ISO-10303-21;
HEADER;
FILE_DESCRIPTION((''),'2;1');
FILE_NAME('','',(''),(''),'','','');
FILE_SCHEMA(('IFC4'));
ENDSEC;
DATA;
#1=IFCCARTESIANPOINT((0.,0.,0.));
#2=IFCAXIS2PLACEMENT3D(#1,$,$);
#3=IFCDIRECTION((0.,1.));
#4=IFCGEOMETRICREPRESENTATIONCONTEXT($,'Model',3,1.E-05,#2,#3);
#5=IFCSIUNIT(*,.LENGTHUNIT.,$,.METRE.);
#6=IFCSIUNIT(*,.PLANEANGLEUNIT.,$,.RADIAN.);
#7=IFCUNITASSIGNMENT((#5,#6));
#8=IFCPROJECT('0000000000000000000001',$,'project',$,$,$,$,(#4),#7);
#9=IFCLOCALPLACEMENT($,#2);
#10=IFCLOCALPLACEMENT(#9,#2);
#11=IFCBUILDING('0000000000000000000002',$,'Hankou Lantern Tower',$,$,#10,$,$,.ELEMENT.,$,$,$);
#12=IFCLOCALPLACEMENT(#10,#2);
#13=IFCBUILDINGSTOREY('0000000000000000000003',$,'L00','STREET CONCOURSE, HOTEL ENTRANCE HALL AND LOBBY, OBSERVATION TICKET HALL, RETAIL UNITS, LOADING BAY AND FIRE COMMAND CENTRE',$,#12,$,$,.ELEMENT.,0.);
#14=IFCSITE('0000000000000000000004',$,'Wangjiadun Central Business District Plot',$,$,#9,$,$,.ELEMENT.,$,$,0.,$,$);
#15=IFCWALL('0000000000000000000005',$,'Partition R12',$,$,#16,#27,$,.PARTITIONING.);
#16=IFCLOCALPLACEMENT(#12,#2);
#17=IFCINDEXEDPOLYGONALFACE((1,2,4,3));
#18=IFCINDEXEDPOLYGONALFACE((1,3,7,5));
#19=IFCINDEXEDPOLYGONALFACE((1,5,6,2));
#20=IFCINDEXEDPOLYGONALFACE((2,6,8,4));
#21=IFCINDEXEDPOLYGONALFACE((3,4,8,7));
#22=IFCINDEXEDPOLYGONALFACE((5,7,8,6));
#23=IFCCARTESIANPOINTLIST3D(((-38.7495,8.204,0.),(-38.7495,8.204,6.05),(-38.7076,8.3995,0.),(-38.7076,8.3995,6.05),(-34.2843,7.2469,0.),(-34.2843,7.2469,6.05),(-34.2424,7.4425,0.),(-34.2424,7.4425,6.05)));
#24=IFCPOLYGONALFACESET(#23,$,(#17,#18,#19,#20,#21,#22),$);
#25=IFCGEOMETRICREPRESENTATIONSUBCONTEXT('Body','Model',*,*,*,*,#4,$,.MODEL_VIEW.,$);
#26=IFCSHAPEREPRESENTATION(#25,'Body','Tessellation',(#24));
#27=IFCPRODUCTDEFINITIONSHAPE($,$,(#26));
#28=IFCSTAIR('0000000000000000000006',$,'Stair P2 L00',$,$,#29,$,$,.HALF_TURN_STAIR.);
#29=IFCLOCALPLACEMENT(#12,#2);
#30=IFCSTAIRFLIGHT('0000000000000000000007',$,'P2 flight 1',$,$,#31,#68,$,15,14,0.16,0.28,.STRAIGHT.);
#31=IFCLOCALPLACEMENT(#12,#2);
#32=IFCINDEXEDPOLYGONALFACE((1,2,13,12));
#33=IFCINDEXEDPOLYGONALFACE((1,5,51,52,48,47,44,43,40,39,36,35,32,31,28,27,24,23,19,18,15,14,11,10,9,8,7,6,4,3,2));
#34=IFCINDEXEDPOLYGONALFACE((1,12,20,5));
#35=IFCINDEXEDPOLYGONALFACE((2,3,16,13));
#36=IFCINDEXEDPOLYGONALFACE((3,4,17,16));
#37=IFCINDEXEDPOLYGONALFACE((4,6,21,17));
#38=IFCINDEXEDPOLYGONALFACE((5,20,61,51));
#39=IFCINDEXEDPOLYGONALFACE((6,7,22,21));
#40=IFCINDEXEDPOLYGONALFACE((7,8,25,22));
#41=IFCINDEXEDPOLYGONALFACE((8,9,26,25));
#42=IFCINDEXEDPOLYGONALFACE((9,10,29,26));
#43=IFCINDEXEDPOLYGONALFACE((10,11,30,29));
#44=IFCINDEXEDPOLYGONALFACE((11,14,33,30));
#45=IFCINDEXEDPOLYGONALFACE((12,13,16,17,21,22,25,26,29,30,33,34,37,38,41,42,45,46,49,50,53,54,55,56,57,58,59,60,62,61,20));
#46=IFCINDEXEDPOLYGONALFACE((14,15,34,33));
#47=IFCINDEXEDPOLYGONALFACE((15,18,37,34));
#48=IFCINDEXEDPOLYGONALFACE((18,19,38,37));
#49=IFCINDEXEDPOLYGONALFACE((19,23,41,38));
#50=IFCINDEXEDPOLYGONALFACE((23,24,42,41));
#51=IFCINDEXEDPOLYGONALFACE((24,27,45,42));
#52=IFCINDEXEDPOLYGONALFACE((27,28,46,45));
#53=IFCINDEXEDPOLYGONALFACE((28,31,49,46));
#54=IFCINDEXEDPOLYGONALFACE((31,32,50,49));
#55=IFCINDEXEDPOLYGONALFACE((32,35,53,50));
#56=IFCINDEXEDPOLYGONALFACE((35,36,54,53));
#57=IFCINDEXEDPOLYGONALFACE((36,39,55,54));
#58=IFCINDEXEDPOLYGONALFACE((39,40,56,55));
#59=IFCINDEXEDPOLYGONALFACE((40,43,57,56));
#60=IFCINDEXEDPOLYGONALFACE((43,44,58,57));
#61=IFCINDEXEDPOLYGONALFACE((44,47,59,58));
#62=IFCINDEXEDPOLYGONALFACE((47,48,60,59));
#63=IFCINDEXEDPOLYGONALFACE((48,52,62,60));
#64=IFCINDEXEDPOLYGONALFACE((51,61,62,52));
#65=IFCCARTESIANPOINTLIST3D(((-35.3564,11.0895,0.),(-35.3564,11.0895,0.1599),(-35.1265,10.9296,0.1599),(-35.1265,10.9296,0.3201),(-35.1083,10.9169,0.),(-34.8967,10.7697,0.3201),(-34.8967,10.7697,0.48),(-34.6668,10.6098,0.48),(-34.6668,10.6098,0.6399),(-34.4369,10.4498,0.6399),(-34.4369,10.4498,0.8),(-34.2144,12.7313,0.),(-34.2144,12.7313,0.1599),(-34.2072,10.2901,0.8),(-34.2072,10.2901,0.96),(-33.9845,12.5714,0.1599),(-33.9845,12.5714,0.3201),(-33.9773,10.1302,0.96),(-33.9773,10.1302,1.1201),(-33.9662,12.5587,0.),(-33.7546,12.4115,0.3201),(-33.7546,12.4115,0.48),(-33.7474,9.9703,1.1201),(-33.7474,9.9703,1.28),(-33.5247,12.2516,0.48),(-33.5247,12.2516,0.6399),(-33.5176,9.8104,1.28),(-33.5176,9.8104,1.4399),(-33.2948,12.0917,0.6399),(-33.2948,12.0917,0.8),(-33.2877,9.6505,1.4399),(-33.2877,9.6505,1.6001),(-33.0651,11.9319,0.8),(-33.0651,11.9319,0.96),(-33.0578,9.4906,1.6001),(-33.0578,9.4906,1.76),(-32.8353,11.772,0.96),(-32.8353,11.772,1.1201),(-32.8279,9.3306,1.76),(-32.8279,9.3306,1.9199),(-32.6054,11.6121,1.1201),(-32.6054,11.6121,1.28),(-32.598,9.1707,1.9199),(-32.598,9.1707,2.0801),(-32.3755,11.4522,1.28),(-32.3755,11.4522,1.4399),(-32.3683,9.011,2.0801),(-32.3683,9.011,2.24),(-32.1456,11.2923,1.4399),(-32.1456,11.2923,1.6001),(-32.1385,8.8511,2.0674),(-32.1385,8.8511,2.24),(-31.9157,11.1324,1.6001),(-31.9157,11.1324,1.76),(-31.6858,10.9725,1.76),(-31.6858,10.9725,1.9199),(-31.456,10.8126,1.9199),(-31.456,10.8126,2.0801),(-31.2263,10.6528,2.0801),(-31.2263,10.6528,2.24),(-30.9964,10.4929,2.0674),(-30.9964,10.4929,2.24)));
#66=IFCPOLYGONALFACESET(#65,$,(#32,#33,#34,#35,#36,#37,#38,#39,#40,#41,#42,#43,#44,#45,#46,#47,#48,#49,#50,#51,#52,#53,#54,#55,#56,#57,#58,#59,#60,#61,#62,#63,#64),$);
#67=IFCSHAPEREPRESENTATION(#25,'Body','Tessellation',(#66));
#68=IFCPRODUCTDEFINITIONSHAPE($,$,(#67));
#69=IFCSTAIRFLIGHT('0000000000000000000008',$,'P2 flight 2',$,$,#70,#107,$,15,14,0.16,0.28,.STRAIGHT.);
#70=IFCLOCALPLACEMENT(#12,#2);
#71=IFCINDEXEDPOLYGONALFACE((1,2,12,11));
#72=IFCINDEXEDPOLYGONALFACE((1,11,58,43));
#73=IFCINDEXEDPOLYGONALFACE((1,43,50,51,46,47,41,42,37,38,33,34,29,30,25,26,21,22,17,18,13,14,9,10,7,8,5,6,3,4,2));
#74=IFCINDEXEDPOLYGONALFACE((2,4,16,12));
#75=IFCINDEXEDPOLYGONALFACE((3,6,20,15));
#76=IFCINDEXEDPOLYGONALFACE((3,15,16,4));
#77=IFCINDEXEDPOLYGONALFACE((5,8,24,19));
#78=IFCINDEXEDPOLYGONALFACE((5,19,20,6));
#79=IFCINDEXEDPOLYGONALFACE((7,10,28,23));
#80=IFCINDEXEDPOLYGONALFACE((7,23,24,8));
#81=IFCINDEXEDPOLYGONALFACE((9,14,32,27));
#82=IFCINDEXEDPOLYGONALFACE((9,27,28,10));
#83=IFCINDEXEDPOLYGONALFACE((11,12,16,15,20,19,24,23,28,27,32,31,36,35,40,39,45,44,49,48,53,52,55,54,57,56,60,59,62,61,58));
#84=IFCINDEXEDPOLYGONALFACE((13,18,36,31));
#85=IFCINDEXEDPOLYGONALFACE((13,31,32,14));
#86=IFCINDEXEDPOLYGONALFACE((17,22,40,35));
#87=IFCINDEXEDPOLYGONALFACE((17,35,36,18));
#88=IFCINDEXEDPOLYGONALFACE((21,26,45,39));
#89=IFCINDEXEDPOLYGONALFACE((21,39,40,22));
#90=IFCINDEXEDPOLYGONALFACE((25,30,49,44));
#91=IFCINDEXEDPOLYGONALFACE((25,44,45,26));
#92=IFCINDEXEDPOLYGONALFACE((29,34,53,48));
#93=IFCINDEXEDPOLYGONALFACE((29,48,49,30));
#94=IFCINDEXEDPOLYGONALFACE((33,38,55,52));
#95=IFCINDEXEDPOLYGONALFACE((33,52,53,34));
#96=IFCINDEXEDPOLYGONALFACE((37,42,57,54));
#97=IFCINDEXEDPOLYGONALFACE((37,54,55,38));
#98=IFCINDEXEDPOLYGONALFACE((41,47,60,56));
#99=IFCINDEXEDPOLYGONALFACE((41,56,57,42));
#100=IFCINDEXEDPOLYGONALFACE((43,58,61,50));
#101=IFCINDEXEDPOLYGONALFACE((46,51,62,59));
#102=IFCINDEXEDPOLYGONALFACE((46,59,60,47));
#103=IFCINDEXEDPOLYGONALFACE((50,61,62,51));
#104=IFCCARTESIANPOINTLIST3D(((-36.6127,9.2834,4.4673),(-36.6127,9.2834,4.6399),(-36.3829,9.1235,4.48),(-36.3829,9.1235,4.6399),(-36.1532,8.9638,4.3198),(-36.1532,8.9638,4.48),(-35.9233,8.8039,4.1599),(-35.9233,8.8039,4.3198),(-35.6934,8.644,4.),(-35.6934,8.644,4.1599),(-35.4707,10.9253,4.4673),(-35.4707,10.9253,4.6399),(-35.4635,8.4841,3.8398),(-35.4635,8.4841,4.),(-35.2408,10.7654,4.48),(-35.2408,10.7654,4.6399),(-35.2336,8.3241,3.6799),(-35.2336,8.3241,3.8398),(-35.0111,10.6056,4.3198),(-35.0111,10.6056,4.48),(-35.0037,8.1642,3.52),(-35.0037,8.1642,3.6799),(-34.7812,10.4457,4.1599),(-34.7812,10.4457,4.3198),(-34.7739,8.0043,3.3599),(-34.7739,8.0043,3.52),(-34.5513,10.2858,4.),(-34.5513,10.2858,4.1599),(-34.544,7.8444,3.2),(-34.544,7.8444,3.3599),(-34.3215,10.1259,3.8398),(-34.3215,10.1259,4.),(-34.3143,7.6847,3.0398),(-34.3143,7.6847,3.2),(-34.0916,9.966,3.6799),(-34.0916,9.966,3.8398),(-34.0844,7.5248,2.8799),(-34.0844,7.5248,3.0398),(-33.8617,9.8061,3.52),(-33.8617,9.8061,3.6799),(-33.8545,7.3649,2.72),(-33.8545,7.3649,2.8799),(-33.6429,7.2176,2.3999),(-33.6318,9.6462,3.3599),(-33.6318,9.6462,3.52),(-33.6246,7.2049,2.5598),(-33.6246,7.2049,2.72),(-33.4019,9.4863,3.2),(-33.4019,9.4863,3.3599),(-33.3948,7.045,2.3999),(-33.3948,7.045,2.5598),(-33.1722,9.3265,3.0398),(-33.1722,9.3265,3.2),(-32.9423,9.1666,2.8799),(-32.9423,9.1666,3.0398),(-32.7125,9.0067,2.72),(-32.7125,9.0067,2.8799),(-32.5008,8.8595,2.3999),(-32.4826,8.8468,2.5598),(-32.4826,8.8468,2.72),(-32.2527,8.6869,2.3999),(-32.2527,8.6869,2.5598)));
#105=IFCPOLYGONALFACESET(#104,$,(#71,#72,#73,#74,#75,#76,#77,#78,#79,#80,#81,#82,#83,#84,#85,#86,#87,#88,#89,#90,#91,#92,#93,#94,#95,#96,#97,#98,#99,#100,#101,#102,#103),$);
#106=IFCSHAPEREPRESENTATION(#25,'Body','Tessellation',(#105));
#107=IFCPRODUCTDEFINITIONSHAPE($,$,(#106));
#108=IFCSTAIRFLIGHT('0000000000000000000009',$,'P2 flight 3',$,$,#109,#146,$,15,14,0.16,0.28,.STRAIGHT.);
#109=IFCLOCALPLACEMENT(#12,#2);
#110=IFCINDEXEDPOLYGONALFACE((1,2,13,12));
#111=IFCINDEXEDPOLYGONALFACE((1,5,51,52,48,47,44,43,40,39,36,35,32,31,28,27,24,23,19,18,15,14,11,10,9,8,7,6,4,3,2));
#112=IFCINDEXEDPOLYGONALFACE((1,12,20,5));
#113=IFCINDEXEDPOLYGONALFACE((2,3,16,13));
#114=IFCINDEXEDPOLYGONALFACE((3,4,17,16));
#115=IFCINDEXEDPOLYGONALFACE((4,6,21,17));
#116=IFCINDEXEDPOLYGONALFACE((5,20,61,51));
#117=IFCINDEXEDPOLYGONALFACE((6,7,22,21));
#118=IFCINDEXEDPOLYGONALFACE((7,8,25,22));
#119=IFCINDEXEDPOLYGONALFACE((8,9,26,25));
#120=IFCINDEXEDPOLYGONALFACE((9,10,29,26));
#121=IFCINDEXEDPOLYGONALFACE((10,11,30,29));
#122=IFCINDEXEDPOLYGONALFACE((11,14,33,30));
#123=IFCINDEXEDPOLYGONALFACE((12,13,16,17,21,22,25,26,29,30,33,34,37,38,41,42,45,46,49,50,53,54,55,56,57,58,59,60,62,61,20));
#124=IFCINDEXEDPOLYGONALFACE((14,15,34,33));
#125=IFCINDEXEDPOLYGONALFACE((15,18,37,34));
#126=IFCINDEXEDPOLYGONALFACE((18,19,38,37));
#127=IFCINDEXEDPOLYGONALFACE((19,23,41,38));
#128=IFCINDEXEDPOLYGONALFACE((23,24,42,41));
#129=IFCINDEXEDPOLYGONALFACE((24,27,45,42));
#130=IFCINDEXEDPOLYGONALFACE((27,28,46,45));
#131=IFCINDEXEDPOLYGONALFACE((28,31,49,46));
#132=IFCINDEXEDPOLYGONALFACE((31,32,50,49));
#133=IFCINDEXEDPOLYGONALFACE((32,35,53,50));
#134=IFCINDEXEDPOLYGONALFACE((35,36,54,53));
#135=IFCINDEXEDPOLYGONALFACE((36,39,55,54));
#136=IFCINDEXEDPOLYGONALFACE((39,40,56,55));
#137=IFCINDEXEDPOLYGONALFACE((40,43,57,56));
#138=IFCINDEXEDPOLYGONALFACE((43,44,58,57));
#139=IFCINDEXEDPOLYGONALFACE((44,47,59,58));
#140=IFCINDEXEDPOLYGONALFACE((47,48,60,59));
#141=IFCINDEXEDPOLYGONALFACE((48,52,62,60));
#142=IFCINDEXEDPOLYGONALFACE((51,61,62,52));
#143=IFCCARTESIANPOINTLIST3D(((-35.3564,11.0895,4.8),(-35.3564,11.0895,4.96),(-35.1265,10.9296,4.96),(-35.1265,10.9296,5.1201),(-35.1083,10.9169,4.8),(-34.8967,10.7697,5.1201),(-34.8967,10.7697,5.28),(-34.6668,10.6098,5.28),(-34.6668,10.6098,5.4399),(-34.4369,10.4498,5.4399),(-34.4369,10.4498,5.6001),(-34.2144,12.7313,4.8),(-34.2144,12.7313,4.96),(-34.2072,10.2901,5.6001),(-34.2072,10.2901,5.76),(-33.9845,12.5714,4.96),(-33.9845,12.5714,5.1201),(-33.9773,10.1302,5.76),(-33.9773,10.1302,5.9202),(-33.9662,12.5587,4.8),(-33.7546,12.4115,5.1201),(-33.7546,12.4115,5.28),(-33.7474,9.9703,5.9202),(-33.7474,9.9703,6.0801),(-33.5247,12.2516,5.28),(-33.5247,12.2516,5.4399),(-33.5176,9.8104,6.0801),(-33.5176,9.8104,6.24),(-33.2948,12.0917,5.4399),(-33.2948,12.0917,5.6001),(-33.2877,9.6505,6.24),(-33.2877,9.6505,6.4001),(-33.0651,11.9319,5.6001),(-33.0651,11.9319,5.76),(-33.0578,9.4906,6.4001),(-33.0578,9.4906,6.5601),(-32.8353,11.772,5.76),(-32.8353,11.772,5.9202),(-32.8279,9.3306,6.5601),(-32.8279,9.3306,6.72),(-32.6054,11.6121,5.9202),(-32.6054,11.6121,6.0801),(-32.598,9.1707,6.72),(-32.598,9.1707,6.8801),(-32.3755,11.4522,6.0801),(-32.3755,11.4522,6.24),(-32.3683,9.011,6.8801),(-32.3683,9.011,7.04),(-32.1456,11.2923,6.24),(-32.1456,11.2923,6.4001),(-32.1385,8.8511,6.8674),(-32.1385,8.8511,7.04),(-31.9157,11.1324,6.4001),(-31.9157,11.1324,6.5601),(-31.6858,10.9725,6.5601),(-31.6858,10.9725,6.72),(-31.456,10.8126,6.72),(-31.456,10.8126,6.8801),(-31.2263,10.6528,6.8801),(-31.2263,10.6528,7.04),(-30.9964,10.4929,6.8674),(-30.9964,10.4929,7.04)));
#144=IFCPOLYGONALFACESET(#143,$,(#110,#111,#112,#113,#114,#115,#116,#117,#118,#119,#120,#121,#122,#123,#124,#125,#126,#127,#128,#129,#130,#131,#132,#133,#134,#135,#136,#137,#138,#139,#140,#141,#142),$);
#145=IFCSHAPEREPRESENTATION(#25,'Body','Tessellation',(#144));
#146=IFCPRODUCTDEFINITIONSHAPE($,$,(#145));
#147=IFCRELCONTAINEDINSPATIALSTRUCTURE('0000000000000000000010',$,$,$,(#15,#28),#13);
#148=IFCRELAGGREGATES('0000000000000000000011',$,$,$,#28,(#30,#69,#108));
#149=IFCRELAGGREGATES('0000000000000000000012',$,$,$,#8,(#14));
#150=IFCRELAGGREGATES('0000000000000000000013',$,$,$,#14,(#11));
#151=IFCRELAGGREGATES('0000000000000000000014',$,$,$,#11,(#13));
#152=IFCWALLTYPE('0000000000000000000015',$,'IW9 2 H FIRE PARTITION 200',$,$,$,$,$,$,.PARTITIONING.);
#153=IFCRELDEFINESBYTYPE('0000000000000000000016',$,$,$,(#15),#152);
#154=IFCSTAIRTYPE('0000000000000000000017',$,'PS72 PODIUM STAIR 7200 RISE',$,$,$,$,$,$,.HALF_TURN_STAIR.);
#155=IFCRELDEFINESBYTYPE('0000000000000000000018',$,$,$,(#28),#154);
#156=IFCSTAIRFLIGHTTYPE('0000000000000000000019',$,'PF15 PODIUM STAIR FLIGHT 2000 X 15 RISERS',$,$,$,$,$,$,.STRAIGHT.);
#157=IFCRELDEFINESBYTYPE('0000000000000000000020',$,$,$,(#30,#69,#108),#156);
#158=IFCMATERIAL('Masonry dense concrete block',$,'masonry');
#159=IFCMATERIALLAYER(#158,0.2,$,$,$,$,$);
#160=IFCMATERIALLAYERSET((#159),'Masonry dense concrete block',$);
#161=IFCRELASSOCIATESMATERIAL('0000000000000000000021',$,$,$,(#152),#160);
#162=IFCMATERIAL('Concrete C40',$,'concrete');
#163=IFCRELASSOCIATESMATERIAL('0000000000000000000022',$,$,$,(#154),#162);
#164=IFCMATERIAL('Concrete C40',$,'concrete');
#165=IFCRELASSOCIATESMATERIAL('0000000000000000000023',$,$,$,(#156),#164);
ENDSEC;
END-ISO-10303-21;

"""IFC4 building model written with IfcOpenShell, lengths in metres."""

from ifc_helpers import new_model, si_unit, direction, frame, frame_2d, origin, place, context, subcontext, project, spatial, polyline, rectangle, outline, extrude, material, layer, layer_set, type_object, element, aggregate, save


model = new_model("IFC4")

# Units and contexts
model_context = context("Model", 3, precision=1e-05, world=origin(), true_north=direction((0.0, 1.0)))
body_context = subcontext(model_context, "Body", "Model", "MODEL_VIEW")
ifc_project = project(units=[si_unit("LENGTHUNIT", "METRE"), si_unit("PLANEANGLEUNIT", "RADIAN")], contexts=[model_context])

# Site, building, storey
site_placement = place(None, origin())
site = spatial("IfcSite", under=ifc_project, at=site_placement, Name="Wangjiadun Central Business District Plot", CompositionType="ELEMENT", RefElevation=0.0)
building_placement = place(site_placement, origin())
building = spatial("IfcBuilding", under=site, at=building_placement, Name="Hankou Lantern Tower", CompositionType="ELEMENT")
storey_placement = place(building_placement, origin())
storey = spatial("IfcBuildingStorey", under=building, at=storey_placement, Name="L00", Description="STREET CONCOURSE, HOTEL ENTRANCE HALL AND LOBBY, OBSERVATION TICKET HALL, RETAIL UNITS, LOADING BAY AND FIRE COMMAND CENTRE", CompositionType="ELEMENT", Elevation=0.0)

# Wall
ifc_material_1 = material(Name="Masonry dense concrete block", Category="masonry")
ifc_layer_1 = layer(ifc_material_1, 0.2)
ifc_layer_set_1 = layer_set([ifc_layer_1], Name="Masonry dense concrete block")
wall_type_1 = type_object("IfcWallType", Name="IW9 2 H FIRE PARTITION 200", PredefinedType="PARTITIONING", material=ifc_layer_set_1)
wall_1_placement = place(storey_placement, frame((-34.2634, 7.3447, 0.0), z_axis=(0.0, 0.0, 1.0), x_axis=(-0.977795, 0.209566, 0.0)))
element("IfcWall", 1, at=wall_1_placement, inside=storey, type_object=wall_type_1, Name="Partition R12", PredefinedType="PARTITIONING", context=body_context, shape_type="SweptSolid", body=[
    extrude(rectangle(XDim=4.5667, YDim=0.2, at=frame_2d((2.2832, 0.0))), origin(), (0.0, 0.0, 1.0), 6.05),
])

# Stair, stair flights
ifc_material_2 = material(Name="Concrete C40", Category="concrete")
stair_type = type_object("IfcStairType", Name="PS72 PODIUM STAIR 7200 RISE", PredefinedType="HALF_TURN_STAIR", material=ifc_material_2)
stair_placement = place(storey_placement, origin())
stair = element("IfcStair", 2, at=stair_placement, inside=storey, type_object=stair_type, Name="Stair P2 L00", PredefinedType="HALF_TURN_STAIR")
ifc_material_3 = material(Name="Concrete C40", Category="concrete")
stair_flight_type = type_object("IfcStairFlightType", Name="PF15 PODIUM STAIR FLIGHT 2000 X 15 RISERS", PredefinedType="STRAIGHT", material=ifc_material_3)
stair_flight_1_placement = place(storey_placement, frame((-34.7854, 11.9104, 0.0), z_axis=(0.0, 0.0, 1.0), x_axis=(0.820927, -0.571033, 0.0)))
stair_flight_1 = element("IfcStairFlight", 3, at=stair_flight_1_placement, type_object=stair_flight_type, Name="P2 flight 1", NumberOfRisers=15, NumberOfTreads=14, PredefinedType="STRAIGHT", RiserHeight=0.16, TreadLength=0.28, context=body_context, shape_type="SweptSolid", body=[
    extrude(outline(polyline([(0.0, 0.0), (0.0, 0.1599), (0.28, 0.1599), (0.28, 0.3201), (0.5601, 0.3201), (0.5601, 0.48), (0.8401, 0.48), (0.8401, 0.6399), (1.1201, 0.6399), (1.1201, 0.8), (1.3999, 0.8), (1.3999, 0.96), (1.6799, 0.96), (1.6799, 1.1201), (1.96, 1.1201), (1.96, 1.28), (2.24, 1.28), (2.24, 1.4399), (2.52, 1.4399), (2.52, 1.6001), (2.8, 1.6001), (2.8, 1.76), (3.0801, 1.76), (3.0801, 1.9199), (3.3601, 1.9199), (3.3601, 2.0801), (3.6399, 2.0801), (3.6399, 2.24), (3.9199, 2.24), (3.9199, 2.3999), (3.9199, 2.0674), (0.3022, 0.0), (0.0, 0.0)])), frame((0.0, 1.0, 0.0), z_axis=(0.0, -1.0, 0.0), x_axis=(1.0, 0.0, 0.0)), (0.0, 0.0, 1.0), 2.0),
])
stair_flight_2_placement = place(storey_placement, frame((-32.8237, 7.866, 2.3999), z_axis=(0.0, 0.0, 1.0), x_axis=(-0.820927, 0.571033, 0.0)))
stair_flight_2 = element("IfcStairFlight", 4, at=stair_flight_2_placement, type_object=stair_flight_type, Name="P2 flight 2", NumberOfRisers=15, NumberOfTreads=14, PredefinedType="STRAIGHT", RiserHeight=0.16, TreadLength=0.28, context=body_context, shape_type="SweptSolid", body=[
    extrude(outline(polyline([(0.0, 0.0), (0.0, 0.1599), (0.28, 0.1599), (0.28, 0.3201), (0.5601, 0.3201), (0.5601, 0.48), (0.8401, 0.48), (0.8401, 0.6399), (1.1201, 0.6399), (1.1201, 0.8), (1.3999, 0.8), (1.3999, 0.96), (1.6799, 0.96), (1.6799, 1.1201), (1.96, 1.1201), (1.96, 1.28), (2.24, 1.28), (2.24, 1.4399), (2.52, 1.4399), (2.52, 1.6001), (2.8, 1.6001), (2.8, 1.76), (3.0801, 1.76), (3.0801, 1.9199), (3.3601, 1.9199), (3.3601, 2.0801), (3.6399, 2.0801), (3.6399, 2.24), (3.9199, 2.24), (3.9199, 2.3999), (3.9199, 2.0674), (0.3022, 0.0), (0.0, 0.0)])), frame((0.0, 1.0, 0.0), z_axis=(0.0, -1.0, 0.0), x_axis=(1.0, 0.0, 0.0)), (0.0, 0.0, 1.0), 2.0),
])
stair_flight_3_placement = place(storey_placement, frame((-34.7854, 11.9104, 4.8), z_axis=(0.0, 0.0, 1.0), x_axis=(0.820927, -0.571033, 0.0)))
stair_flight_3 = element("IfcStairFlight", 5, at=stair_flight_3_placement, type_object=stair_flight_type, Name="P2 flight 3", NumberOfRisers=15, NumberOfTreads=14, PredefinedType="STRAIGHT", RiserHeight=0.16, TreadLength=0.28, context=body_context, shape_type="SweptSolid", body=[
    extrude(outline(polyline([(0.0, 0.0), (0.0, 0.1599), (0.28, 0.1599), (0.28, 0.3201), (0.5601, 0.3201), (0.5601, 0.48), (0.8401, 0.48), (0.8401, 0.6399), (1.1201, 0.6399), (1.1201, 0.8), (1.3999, 0.8), (1.3999, 0.96), (1.6799, 0.96), (1.6799, 1.1201), (1.96, 1.1201), (1.96, 1.28), (2.24, 1.28), (2.24, 1.4399), (2.52, 1.4399), (2.52, 1.6001), (2.8, 1.6001), (2.8, 1.76), (3.0801, 1.76), (3.0801, 1.9199), (3.3601, 1.9199), (3.3601, 2.0801), (3.6399, 2.0801), (3.6399, 2.24), (3.9199, 2.24), (3.9199, 2.3999), (3.9199, 2.0674), (0.3022, 0.0), (0.0, 0.0)])), frame((0.0, 1.0, 0.0), z_axis=(0.0, -1.0, 0.0), x_axis=(1.0, 0.0, 0.0)), (0.0, 0.0, 1.0), 2.0),
])
aggregate(stair, [stair_flight_1, stair_flight_2, stair_flight_3])

save(model, "model.ifc")
